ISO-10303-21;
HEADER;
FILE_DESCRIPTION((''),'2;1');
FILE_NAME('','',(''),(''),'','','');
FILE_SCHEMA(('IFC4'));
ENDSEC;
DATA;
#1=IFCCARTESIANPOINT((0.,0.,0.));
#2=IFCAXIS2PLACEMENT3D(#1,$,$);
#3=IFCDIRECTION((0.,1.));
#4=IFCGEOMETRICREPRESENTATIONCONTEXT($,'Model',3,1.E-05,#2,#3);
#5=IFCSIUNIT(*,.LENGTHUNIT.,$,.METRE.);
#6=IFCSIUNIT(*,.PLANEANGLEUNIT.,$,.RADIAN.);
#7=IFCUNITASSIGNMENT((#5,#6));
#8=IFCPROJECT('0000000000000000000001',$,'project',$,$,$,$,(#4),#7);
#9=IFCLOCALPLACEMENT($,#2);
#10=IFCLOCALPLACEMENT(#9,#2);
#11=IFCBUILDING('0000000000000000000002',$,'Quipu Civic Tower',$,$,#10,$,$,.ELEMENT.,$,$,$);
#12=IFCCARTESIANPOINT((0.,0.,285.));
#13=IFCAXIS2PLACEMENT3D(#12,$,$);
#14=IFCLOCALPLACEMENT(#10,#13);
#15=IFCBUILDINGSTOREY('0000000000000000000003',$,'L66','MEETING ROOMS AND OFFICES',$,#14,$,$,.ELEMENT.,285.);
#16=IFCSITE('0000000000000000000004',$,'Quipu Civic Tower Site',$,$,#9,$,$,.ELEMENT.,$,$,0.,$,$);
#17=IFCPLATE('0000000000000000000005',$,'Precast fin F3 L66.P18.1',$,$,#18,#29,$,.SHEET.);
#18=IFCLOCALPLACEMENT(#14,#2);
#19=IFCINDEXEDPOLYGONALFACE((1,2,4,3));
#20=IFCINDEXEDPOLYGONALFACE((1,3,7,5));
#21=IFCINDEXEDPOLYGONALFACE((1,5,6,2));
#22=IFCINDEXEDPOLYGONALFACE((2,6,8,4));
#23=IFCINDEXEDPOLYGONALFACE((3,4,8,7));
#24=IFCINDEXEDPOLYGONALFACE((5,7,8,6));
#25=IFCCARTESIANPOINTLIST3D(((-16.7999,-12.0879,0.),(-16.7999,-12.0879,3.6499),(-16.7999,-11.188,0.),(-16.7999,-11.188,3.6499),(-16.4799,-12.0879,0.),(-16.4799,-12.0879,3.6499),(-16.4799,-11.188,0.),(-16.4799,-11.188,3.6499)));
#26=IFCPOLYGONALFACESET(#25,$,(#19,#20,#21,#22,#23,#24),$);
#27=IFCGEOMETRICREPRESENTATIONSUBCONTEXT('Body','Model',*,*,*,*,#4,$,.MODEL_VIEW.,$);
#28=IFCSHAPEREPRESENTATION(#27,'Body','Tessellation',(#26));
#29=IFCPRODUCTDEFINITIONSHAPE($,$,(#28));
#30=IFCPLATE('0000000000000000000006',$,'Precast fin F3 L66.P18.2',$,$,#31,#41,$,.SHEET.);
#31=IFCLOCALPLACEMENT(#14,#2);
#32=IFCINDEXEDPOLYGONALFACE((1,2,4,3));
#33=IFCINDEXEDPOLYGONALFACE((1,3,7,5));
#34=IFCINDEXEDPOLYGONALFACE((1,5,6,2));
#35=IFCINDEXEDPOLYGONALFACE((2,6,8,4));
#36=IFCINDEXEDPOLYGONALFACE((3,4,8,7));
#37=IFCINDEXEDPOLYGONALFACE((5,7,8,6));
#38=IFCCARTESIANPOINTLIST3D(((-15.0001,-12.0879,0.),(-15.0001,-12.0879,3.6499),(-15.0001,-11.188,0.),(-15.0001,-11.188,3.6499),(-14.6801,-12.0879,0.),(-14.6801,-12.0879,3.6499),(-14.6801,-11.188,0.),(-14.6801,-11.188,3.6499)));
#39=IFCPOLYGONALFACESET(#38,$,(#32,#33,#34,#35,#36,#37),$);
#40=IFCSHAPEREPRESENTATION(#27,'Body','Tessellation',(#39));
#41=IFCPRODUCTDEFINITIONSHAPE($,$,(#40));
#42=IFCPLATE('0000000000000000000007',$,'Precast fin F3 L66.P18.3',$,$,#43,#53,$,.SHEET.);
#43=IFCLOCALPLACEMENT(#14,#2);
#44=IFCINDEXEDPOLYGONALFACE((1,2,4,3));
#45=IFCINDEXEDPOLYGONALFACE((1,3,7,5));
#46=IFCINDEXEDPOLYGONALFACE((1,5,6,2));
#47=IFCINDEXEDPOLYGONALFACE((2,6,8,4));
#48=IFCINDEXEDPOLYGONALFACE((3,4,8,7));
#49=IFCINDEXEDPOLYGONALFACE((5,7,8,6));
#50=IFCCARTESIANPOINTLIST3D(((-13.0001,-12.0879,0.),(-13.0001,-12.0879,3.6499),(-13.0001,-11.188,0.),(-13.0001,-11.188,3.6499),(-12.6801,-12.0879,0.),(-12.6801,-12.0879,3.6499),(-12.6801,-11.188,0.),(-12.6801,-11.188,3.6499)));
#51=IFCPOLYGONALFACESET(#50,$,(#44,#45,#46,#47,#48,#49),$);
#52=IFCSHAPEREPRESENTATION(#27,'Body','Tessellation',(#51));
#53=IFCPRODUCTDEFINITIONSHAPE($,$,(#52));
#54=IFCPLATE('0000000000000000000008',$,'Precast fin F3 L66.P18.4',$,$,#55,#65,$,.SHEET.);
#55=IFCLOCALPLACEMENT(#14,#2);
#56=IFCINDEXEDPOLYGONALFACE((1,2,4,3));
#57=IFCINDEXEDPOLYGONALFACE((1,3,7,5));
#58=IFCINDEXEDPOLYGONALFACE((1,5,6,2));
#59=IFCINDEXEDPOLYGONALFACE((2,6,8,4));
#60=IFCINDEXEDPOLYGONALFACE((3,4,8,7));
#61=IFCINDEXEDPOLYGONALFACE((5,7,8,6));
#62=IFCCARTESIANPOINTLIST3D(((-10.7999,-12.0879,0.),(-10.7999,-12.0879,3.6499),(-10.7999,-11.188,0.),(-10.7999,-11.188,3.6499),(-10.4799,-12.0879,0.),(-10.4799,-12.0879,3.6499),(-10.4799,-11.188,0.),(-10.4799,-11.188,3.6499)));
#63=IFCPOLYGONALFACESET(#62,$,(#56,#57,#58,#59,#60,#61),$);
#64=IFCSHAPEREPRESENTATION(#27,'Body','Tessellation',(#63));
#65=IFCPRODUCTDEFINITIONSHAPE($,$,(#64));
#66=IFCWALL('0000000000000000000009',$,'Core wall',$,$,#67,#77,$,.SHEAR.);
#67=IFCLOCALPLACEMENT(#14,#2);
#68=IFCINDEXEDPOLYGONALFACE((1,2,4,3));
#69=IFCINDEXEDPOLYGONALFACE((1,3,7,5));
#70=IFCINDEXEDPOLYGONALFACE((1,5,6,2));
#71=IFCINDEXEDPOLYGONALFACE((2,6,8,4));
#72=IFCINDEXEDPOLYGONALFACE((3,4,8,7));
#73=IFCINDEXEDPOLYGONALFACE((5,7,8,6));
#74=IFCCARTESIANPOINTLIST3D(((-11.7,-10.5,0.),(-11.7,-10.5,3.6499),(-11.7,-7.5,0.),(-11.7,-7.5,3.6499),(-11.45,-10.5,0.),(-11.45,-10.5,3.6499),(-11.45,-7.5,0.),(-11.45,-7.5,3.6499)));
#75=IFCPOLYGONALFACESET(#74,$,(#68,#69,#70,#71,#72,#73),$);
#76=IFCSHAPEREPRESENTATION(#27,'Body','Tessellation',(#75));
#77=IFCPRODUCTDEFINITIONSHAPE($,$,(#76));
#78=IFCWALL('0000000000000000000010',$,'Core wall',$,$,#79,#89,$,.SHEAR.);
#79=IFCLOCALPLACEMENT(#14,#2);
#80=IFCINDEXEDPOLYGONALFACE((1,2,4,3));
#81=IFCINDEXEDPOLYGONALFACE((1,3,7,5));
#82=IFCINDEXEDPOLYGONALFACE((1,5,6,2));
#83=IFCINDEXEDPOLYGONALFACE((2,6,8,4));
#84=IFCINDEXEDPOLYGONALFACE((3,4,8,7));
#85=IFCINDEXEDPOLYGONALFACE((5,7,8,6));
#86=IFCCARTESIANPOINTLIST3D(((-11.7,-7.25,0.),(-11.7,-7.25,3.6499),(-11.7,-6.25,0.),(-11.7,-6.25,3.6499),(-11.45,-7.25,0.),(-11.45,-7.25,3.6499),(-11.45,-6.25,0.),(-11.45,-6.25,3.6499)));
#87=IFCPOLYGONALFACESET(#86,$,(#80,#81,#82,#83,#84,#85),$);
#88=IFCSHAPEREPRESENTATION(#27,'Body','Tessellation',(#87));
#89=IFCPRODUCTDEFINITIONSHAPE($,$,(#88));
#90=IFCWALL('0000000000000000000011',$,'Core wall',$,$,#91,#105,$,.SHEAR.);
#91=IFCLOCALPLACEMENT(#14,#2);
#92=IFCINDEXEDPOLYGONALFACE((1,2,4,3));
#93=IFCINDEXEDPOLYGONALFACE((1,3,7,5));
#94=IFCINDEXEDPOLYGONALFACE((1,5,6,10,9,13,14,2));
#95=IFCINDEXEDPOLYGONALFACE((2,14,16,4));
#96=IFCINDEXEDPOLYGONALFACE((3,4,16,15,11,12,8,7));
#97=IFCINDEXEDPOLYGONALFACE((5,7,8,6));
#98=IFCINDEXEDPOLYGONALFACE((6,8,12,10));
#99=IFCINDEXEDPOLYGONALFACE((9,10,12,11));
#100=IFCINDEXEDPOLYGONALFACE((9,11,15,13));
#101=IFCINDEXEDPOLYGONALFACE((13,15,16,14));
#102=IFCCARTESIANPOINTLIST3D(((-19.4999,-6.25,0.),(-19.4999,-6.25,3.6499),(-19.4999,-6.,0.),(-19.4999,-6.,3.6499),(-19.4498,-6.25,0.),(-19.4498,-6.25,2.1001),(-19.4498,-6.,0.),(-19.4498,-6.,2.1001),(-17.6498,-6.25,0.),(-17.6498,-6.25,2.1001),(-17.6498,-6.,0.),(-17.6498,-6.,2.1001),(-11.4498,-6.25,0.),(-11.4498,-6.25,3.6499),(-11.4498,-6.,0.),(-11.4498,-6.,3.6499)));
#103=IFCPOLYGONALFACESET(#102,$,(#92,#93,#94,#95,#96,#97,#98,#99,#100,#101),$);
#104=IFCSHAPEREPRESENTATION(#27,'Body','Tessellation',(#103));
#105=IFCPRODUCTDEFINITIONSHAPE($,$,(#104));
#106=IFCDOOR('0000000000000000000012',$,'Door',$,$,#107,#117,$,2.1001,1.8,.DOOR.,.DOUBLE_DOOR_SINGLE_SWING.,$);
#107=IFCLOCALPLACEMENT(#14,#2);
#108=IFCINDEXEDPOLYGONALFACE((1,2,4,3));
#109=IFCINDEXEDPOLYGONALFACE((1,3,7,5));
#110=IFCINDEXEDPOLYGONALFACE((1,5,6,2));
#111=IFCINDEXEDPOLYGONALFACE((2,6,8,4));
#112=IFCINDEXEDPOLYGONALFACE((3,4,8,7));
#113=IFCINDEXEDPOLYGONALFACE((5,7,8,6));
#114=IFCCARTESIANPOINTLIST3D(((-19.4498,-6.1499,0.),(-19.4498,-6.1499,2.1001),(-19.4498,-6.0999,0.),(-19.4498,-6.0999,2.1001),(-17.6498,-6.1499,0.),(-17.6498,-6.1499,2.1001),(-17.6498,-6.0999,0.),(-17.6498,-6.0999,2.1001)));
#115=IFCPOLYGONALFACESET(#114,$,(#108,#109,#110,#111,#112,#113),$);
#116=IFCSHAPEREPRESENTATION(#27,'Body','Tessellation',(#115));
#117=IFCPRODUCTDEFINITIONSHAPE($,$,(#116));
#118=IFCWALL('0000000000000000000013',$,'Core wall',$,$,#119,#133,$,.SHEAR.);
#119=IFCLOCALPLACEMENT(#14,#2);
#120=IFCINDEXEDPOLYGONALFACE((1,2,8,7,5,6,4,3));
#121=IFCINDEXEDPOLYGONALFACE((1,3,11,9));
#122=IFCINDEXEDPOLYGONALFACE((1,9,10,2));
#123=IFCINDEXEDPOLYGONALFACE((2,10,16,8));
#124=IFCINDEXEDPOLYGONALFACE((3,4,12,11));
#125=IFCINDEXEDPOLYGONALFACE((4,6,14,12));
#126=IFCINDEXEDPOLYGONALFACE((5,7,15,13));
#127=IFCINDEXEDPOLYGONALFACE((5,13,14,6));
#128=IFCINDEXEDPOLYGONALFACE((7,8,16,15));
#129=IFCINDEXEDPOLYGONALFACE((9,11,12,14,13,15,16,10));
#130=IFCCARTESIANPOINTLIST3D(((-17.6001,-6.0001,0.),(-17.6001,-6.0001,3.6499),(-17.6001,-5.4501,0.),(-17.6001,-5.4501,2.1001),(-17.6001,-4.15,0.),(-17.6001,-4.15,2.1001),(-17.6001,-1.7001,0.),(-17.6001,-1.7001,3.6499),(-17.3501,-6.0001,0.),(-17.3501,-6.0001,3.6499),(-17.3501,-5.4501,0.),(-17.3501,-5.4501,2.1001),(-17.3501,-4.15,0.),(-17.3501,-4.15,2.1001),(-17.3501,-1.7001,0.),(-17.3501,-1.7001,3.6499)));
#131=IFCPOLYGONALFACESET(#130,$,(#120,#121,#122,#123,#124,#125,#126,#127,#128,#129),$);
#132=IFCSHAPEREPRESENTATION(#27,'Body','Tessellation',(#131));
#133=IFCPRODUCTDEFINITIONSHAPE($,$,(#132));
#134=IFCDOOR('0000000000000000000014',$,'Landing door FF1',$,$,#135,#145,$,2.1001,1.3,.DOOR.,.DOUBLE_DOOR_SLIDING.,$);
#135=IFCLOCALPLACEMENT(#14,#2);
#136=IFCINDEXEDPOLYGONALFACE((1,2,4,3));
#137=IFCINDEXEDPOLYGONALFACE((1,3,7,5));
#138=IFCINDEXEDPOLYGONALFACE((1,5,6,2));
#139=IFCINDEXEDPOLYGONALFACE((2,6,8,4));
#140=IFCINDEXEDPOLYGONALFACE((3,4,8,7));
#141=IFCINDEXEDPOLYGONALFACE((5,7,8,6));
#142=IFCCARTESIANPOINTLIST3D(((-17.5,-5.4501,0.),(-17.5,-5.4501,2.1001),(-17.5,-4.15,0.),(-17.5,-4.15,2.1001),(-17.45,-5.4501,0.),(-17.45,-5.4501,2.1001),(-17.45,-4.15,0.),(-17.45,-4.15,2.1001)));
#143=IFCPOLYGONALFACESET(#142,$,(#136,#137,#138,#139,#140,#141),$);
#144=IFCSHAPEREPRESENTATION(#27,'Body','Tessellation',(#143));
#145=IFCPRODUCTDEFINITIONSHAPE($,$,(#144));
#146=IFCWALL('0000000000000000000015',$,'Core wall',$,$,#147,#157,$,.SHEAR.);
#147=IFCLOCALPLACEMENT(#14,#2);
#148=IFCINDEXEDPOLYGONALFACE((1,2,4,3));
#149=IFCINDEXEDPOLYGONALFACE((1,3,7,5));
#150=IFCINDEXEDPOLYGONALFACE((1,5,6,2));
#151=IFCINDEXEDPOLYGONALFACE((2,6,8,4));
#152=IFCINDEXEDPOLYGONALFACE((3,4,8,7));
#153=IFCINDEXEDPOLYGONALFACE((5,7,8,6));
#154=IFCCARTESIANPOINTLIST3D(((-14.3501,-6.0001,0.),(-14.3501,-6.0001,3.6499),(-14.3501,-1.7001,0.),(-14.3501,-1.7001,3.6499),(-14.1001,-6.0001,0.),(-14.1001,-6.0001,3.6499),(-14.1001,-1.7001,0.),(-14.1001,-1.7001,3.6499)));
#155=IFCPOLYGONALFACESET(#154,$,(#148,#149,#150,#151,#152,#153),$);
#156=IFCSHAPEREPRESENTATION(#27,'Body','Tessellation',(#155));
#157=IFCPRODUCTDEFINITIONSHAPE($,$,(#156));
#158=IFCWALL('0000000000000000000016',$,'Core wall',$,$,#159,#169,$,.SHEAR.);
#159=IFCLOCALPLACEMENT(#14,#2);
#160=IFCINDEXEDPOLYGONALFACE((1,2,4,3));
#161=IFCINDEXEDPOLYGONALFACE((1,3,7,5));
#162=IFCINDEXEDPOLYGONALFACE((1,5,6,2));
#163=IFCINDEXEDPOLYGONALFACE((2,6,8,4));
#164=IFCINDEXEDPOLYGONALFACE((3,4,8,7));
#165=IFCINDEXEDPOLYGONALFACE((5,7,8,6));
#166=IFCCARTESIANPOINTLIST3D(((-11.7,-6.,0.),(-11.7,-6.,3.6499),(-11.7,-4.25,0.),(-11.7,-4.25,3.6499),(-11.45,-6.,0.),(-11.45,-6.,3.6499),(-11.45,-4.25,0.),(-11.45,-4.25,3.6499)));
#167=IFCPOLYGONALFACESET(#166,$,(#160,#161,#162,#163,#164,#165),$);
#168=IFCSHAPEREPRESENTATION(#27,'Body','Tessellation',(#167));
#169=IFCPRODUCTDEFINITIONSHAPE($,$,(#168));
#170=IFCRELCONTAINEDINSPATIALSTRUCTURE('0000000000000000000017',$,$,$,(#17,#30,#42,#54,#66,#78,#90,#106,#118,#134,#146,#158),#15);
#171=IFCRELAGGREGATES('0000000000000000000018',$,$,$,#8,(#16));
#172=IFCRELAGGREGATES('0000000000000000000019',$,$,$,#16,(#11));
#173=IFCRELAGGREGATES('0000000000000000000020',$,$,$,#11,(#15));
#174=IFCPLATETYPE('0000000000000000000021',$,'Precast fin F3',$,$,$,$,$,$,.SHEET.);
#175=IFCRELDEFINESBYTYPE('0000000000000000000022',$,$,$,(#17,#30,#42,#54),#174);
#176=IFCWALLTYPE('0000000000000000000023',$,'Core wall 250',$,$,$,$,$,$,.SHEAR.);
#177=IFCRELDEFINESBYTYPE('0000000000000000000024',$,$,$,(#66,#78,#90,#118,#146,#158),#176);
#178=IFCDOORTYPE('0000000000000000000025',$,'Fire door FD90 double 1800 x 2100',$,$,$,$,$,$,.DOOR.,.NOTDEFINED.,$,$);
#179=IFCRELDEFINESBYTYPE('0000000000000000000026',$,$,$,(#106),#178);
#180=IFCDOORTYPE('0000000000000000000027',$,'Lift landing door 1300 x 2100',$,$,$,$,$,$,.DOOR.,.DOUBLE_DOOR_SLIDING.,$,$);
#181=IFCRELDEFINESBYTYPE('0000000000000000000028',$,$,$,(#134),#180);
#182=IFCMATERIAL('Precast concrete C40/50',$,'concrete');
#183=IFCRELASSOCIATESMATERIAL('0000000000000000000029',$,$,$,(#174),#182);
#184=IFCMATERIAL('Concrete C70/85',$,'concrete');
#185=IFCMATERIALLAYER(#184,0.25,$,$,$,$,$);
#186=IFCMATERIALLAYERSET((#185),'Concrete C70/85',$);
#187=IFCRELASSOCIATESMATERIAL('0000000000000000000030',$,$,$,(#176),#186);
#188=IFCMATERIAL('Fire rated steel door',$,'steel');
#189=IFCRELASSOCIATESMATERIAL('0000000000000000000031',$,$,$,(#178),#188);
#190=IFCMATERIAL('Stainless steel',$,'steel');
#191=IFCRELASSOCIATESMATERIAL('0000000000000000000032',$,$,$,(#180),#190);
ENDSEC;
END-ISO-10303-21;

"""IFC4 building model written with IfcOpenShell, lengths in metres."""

from ifc_helpers import new_model, si_unit, direction, frame, frame_2d, origin, origin_2d, place, context, subcontext, project, spatial, rectangle, extrude, material, layer, layer_set, type_object, element, fill, save


model = new_model("IFC4")

# Units and contexts
model_context = context("Model", 3, precision=1e-05, world=origin(), true_north=direction((0.0, 1.0)))
body_context = subcontext(model_context, "Body", "Model", "MODEL_VIEW")
ifc_project = project(units=[si_unit("LENGTHUNIT", "METRE"), si_unit("PLANEANGLEUNIT", "RADIAN")], contexts=[model_context])

# Site, building, storey
site_placement = place(None, origin())
site = spatial("IfcSite", under=ifc_project, at=site_placement, Name="Quipu Civic Tower Site", CompositionType="ELEMENT", RefElevation=0.0)
building_placement = place(site_placement, origin())
building = spatial("IfcBuilding", under=site, at=building_placement, Name="Quipu Civic Tower", CompositionType="ELEMENT")
storey_placement = place(building_placement, frame((0.0, 0.0, 285.0)))
storey = spatial("IfcBuildingStorey", under=building, at=storey_placement, Name="L66", Description="MEETING ROOMS AND OFFICES", CompositionType="ELEMENT", Elevation=285.0)

# Plates
ifc_material_1 = material(Name="Precast concrete C40/50", Category="concrete")
plate_type = type_object("IfcPlateType", Name="Precast fin F3", PredefinedType="SHEET", material=ifc_material_1)
for number, where, z_axis, x_axis, name in (
    (1, (-16.6399, -11.6379, 0.0), (0.0, 0.0, 1.0), (1.0, 0.0, 0.0), "Precast fin F3 L66.P18.1"),
    (2, (-14.8401, -11.6379, 0.0), (0.0, 0.0, 1.0), (1.0, 0.0, 0.0), "Precast fin F3 L66.P18.2"),
    (3, (-12.8401, -11.6379, 0.0), (0.0, 0.0, 1.0), (1.0, 0.0, 0.0), "Precast fin F3 L66.P18.3"),
    (4, (-10.6399, -11.6379, 0.0), (0.0, 0.0, 1.0), (1.0, 0.0, 0.0), "Precast fin F3 L66.P18.4"),
):
    element("IfcPlate", number, at=place(storey_placement, frame(where, z_axis=z_axis, x_axis=x_axis)), inside=storey, type_object=plate_type, Name=name, PredefinedType="SHEET", context=body_context, shape_type="SweptSolid", body=[
        extrude(rectangle(XDim=0.3201, YDim=0.8999, at=origin_2d()), origin(), (0.0, 0.0, 1.0), 3.6499),
    ])

# Walls
ifc_material_2 = material(Name="Concrete C70/85", Category="concrete")
ifc_layer_1 = layer(ifc_material_2, 0.25)
ifc_layer_set_1 = layer_set([ifc_layer_1], Name="Concrete C70/85")
wall_type_1 = type_object("IfcWallType", Name="Core wall 250", PredefinedType="SHEAR", material=ifc_layer_set_1)
wall_1_placement = place(storey_placement, frame((-11.575, -10.5, 0.0), z_axis=(0.0, 0.0, 1.0), x_axis=(0.0, 1.0, 0.0)))
element("IfcWall", 5, at=wall_1_placement, inside=storey, type_object=wall_type_1, Name="Core wall", PredefinedType="SHEAR", context=body_context, shape_type="SweptSolid", body=[
    extrude(rectangle(XDim=3.0, YDim=0.25, at=frame_2d((1.5, 0.0))), origin(), (0.0, 0.0, 1.0), 3.6499),
])
wall_2_placement = place(storey_placement, frame((-11.575, -7.25, 0.0), z_axis=(0.0, 0.0, 1.0), x_axis=(0.0, 1.0, 0.0)))
element("IfcWall", 6, at=wall_2_placement, inside=storey, type_object=wall_type_1, Name="Core wall", PredefinedType="SHEAR", context=body_context, shape_type="SweptSolid", body=[
    extrude(rectangle(XDim=1.0, YDim=0.25, at=frame_2d((0.5, 0.0))), origin(), (0.0, 0.0, 1.0), 3.6499),
])

# Walls, openings, doors
wall_3_placement = place(storey_placement, frame((-11.45, -6.125, 0.0), z_axis=(0.0, 0.0, 1.0), x_axis=(-1.0, 0.0, 0.0)))
wall_3 = element("IfcWall", 7, at=wall_3_placement, inside=storey, type_object=wall_type_1, Name="Core wall", PredefinedType="SHEAR", context=body_context, shape_type="SweptSolid", body=[
    extrude(rectangle(XDim=8.05, YDim=0.25, at=frame_2d((4.0249, 0.0))), origin(), (0.0, 0.0, 1.0), 3.6499),
])
opening_1_placement = place(wall_3_placement, frame((6.2, 0.0, 0.0)))
opening_1 = element("IfcOpeningElement", 8, at=opening_1_placement, cuts=wall_3, PredefinedType="OPENING", context=body_context, shape_type="SweptSolid", body=[
    extrude(rectangle(XDim=1.8, YDim=2.1001, at=frame_2d((0.8999, 1.05))), frame((0.0, 0.135, 0.0), z_axis=(0.0, -1.0, 0.0), x_axis=(1.0, 0.0, 0.0)), (0.0, 0.0, 1.0), 0.27),
])
ifc_material_3 = material(Name="Fire rated steel door", Category="steel")
door_type_1 = type_object("IfcDoorType", Name="Fire door FD90 double 1800 x 2100", OperationType="NOTDEFINED", PredefinedType="DOOR", material=ifc_material_3)
door_1_placement = place(opening_1_placement, origin())
door_1 = element("IfcDoor", 9, at=door_1_placement, inside=storey, type_object=door_type_1, Name="Door", OperationType="DOUBLE_DOOR_SINGLE_SWING", OverallHeight=2.1001, OverallWidth=1.8, PredefinedType="DOOR", context=body_context, shape_type="SweptSolid", body=[
    extrude(rectangle(XDim=1.8, YDim=2.1001, at=frame_2d((0.8999, 1.05))), frame((0.0, 0.0249, 0.0), z_axis=(0.0, -1.0, 0.0), x_axis=(1.0, 0.0, 0.0)), (0.0, 0.0, 1.0), 0.05),
])
fill(opening_1, door_1)
wall_4_placement = place(storey_placement, frame((-17.4751, -6.0, 0.0), z_axis=(0.0, 0.0, 1.0), x_axis=(0.0, 1.0, 0.0)))
wall_4 = element("IfcWall", 10, at=wall_4_placement, inside=storey, type_object=wall_type_1, Name="Core wall", PredefinedType="SHEAR", context=body_context, shape_type="SweptSolid", body=[
    extrude(rectangle(XDim=4.3, YDim=0.25, at=frame_2d((2.1499, 0.0))), origin(), (0.0, 0.0, 1.0), 3.6499),
])
opening_2_placement = place(wall_4_placement, frame((0.55, 0.0, 0.0)))
opening_2 = element("IfcOpeningElement", 11, at=opening_2_placement, cuts=wall_4, PredefinedType="OPENING", context=body_context, shape_type="SweptSolid", body=[
    extrude(rectangle(XDim=1.3, YDim=2.1001, at=frame_2d((0.6499, 1.05))), frame((0.0, 0.135, 0.0), z_axis=(0.0, -1.0, 0.0), x_axis=(1.0, 0.0, 0.0)), (0.0, 0.0, 1.0), 0.27),
])
ifc_material_4 = material(Name="Stainless steel", Category="steel")
door_type_2 = type_object("IfcDoorType", Name="Lift landing door 1300 x 2100", OperationType="DOUBLE_DOOR_SLIDING", PredefinedType="DOOR", material=ifc_material_4)
door_2_placement = place(opening_2_placement, origin())
door_2 = element("IfcDoor", 12, at=door_2_placement, inside=storey, type_object=door_type_2, Name="Landing door FF1", OperationType="DOUBLE_DOOR_SLIDING", OverallHeight=2.1001, OverallWidth=1.3, PredefinedType="DOOR", context=body_context, shape_type="SweptSolid", body=[
    extrude(rectangle(XDim=1.3, YDim=2.1001, at=frame_2d((0.6499, 1.05))), frame((0.0, 0.0249, 0.0), z_axis=(0.0, -1.0, 0.0), x_axis=(1.0, 0.0, 0.0)), (0.0, 0.0, 1.0), 0.05),
])
fill(opening_2, door_2)

# Walls
wall_5_placement = place(storey_placement, frame((-14.2251, -6.0, 0.0), z_axis=(0.0, 0.0, 1.0), x_axis=(0.0, 1.0, 0.0)))
element("IfcWall", 13, at=wall_5_placement, inside=storey, type_object=wall_type_1, Name="Core wall", PredefinedType="SHEAR", context=body_context, shape_type="SweptSolid", body=[
    extrude(rectangle(XDim=4.3, YDim=0.25, at=frame_2d((2.1499, 0.0))), origin(), (0.0, 0.0, 1.0), 3.6499),
])
wall_6_placement = place(storey_placement, frame((-11.575, -6.0, 0.0), z_axis=(0.0, 0.0, 1.0), x_axis=(0.0, 1.0, 0.0)))
element("IfcWall", 14, at=wall_6_placement, inside=storey, type_object=wall_type_1, Name="Core wall", PredefinedType="SHEAR", context=body_context, shape_type="SweptSolid", body=[
    extrude(rectangle(XDim=1.75, YDim=0.25, at=frame_2d((0.875, 0.0))), origin(), (0.0, 0.0, 1.0), 3.6499),
])

save(model, "model.ifc")
